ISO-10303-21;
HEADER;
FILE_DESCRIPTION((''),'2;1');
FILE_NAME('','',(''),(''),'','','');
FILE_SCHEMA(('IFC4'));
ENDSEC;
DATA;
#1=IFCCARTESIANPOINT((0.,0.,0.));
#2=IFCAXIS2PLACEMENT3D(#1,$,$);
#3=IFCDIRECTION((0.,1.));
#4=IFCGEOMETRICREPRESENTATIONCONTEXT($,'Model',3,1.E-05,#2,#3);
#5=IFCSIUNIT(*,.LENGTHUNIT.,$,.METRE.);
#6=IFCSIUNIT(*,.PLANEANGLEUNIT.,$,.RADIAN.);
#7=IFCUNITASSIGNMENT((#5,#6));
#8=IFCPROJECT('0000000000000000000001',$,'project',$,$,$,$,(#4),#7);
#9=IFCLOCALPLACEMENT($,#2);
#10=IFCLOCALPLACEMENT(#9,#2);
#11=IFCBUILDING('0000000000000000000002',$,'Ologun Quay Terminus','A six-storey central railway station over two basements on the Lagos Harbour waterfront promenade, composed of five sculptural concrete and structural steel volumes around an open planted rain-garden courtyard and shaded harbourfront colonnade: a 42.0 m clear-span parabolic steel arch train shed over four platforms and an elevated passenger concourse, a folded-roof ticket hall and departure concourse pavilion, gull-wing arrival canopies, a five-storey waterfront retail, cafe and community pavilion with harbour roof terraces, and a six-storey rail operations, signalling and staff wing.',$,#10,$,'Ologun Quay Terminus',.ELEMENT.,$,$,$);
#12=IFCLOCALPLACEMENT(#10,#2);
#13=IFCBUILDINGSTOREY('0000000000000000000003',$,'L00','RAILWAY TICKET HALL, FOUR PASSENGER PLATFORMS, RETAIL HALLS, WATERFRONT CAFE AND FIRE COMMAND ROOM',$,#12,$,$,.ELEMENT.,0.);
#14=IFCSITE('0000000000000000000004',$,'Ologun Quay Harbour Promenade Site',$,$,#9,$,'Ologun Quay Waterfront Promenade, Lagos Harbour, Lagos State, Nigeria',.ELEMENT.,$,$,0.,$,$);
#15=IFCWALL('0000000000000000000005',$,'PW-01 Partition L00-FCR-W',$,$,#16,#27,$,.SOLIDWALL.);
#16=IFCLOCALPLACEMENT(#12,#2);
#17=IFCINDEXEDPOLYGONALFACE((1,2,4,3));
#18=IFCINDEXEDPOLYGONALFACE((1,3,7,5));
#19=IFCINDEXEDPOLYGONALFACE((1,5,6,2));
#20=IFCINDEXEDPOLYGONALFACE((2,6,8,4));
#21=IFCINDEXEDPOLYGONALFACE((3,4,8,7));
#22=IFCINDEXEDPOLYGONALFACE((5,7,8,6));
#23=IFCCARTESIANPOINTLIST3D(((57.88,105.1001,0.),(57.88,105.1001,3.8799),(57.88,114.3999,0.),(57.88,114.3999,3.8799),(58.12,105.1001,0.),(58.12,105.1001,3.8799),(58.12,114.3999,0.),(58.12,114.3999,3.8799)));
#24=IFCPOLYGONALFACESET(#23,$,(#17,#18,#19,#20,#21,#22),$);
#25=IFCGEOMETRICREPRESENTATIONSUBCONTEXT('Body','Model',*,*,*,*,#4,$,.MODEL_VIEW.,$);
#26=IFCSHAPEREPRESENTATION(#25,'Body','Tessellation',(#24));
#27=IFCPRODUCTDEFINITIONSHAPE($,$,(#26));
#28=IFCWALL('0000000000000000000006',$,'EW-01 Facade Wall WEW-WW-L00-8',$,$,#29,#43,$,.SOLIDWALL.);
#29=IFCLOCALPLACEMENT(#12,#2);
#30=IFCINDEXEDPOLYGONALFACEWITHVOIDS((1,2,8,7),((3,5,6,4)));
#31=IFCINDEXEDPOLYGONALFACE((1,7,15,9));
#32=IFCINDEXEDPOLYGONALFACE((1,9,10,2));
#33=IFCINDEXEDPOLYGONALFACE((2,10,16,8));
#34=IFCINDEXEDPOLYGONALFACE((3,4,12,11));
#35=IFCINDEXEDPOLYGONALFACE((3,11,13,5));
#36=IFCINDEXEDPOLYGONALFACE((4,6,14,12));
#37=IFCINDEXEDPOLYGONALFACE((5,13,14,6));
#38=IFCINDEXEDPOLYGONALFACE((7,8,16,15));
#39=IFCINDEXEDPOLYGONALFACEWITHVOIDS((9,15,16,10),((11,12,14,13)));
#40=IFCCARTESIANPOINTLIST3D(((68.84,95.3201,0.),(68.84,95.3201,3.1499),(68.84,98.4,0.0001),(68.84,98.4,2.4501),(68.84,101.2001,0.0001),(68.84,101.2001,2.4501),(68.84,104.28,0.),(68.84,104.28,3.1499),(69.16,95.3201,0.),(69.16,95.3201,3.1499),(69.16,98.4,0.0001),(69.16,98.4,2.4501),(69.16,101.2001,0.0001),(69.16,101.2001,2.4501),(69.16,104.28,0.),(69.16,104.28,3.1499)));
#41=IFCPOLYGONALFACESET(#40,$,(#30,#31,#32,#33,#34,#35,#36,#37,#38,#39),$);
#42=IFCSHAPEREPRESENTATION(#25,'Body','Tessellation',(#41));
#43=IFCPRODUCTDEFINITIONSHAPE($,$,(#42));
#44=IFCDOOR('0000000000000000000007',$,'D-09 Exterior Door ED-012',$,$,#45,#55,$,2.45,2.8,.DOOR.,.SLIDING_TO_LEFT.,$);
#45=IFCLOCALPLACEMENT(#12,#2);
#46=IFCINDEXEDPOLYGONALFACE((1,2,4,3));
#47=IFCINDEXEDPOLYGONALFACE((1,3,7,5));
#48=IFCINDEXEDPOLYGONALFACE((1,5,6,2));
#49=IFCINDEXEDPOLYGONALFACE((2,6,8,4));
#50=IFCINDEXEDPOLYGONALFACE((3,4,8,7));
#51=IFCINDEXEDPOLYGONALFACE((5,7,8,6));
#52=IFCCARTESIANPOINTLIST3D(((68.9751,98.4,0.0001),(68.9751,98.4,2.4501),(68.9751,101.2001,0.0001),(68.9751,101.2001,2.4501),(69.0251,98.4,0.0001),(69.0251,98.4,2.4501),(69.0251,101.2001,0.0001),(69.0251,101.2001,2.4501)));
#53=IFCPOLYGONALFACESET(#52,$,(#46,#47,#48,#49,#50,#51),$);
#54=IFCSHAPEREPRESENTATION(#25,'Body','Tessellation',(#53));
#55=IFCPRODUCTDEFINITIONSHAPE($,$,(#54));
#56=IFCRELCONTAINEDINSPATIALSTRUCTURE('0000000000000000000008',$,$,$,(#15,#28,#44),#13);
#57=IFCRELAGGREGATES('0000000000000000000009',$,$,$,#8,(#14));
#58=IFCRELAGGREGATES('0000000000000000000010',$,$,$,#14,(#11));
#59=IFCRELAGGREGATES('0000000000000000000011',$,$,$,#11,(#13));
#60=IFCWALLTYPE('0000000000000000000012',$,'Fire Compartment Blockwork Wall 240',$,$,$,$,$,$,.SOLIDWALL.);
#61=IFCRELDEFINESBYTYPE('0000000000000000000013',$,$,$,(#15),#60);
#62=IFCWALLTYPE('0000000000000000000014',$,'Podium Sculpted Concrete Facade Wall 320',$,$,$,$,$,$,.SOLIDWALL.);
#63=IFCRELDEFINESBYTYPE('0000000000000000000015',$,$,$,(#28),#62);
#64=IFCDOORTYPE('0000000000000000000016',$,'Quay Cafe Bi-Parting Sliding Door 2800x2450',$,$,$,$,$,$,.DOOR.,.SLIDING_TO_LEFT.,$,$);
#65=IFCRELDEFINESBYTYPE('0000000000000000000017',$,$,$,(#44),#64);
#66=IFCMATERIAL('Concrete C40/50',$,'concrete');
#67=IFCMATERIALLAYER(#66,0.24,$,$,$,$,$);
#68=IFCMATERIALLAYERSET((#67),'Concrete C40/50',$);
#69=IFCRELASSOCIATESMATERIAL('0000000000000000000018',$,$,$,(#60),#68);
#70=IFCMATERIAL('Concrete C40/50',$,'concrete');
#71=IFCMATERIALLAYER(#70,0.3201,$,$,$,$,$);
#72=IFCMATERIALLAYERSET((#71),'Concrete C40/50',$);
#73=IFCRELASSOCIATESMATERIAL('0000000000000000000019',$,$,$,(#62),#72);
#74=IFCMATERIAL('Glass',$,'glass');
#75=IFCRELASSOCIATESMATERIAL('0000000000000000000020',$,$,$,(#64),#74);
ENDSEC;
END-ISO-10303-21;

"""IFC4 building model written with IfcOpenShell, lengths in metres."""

from ifc_helpers import new_model, si_unit, direction, frame, frame_2d, origin, place, context, subcontext, project, spatial, rectangle, extrude, material, layer, layer_set, type_object, element, fill, save


model = new_model("IFC4")

# Units and contexts
model_context = context("Model", 3, precision=1e-05, world=origin(), true_north=direction((0.0, 1.0)))
body_context = subcontext(model_context, "Body", "Model", "MODEL_VIEW")
ifc_project = project(units=[si_unit("LENGTHUNIT", "METRE"), si_unit("PLANEANGLEUNIT", "RADIAN")], contexts=[model_context])

# Site, building, storey
site_placement = place(None, origin())
site = spatial("IfcSite", under=ifc_project, at=site_placement, Name="Ologun Quay Harbour Promenade Site", LongName="Ologun Quay Waterfront Promenade, Lagos Harbour, Lagos State, Nigeria", CompositionType="ELEMENT", RefElevation=0.0)
building_placement = place(site_placement, origin())
building = spatial("IfcBuilding", under=site, at=building_placement, Name="Ologun Quay Terminus", Description="A six-storey central railway station over two basements on the Lagos Harbour waterfront promenade, composed of five sculptural concrete and structural steel volumes around an open planted rain-garden courtyard and shaded harbourfront colonnade: a 42.0 m clear-span parabolic steel arch train shed over four platforms and an elevated passenger concourse, a folded-roof ticket hall and departure concourse pavilion, gull-wing arrival canopies, a five-storey waterfront retail, cafe and community pavilion with harbour roof terraces, and a six-storey rail operations, signalling and staff wing.", LongName="Ologun Quay Terminus", CompositionType="ELEMENT")
storey_placement = place(building_placement, origin())
storey = spatial("IfcBuildingStorey", under=building, at=storey_placement, Name="L00", Description="RAILWAY TICKET HALL, FOUR PASSENGER PLATFORMS, RETAIL HALLS, WATERFRONT CAFE AND FIRE COMMAND ROOM", CompositionType="ELEMENT", Elevation=0.0)

# Shared definitions
ifc_material_1 = material(Name="Concrete C40/50", Category="concrete")
ifc_layer_1 = layer(ifc_material_1, 0.24)
ifc_layer_set_1 = layer_set([ifc_layer_1], Name="Concrete C40/50")
wall_type_1 = type_object("IfcWallType", Name="Fire Compartment Blockwork Wall 240", PredefinedType="SOLIDWALL", material=ifc_layer_set_1)

# Wall
wall_1_placement = place(storey_placement, frame((58.0, 105.1001, 0.0), z_axis=(0.0, 0.0, 1.0), x_axis=(0.0, 1.0, 0.0)))
element("IfcWall", 1, at=wall_1_placement, inside=storey, type_object=wall_type_1, Name="PW-01 Partition L00-FCR-W", PredefinedType="SOLIDWALL", context=body_context, shape_type="SweptSolid", body=[
    extrude(rectangle(XDim=9.2998, YDim=0.24, at=frame_2d((4.6499, 0.0))), origin(), (0.0, 0.0, 1.0), 3.8799),
])

# Wall, opening, door
ifc_material_2 = material(Name="Concrete C40/50", Category="concrete")
ifc_layer_2 = layer(ifc_material_2, 0.3201)
ifc_layer_set_2 = layer_set([ifc_layer_2], Name="Concrete C40/50")
wall_type_2 = type_object("IfcWallType", Name="Podium Sculpted Concrete Facade Wall 320", PredefinedType="SOLIDWALL", material=ifc_layer_set_2)
wall_2_placement = place(storey_placement, frame((69.0, 95.3201, 0.0), z_axis=(0.0, 0.0, 1.0), x_axis=(0.0, 1.0, 0.0)))
wall_2 = element("IfcWall", 2, at=wall_2_placement, inside=storey, type_object=wall_type_2, Name="EW-01 Facade Wall WEW-WW-L00-8", PredefinedType="SOLIDWALL", context=body_context, shape_type="SweptSolid", body=[
    extrude(rectangle(XDim=8.96, YDim=0.3201, at=frame_2d((4.48, 0.0))), origin(), (0.0, 0.0, 1.0), 3.1499),
])
opening_1_placement = place(wall_2_placement, frame((3.0801, 0.0, 0.0)))
opening_1 = element("IfcOpeningElement", 3, at=opening_1_placement, cuts=wall_2, PredefinedType="OPENING", context=body_context, shape_type="SweptSolid", body=[
    extrude(rectangle(XDim=2.8, YDim=2.45, at=frame_2d((1.3999, 1.2251))), frame((0.0, 0.1699, 0.0), z_axis=(0.0, -1.0, 0.0), x_axis=(1.0, 0.0, 0.0)), (0.0, 0.0, 1.0), 0.3401),
])
ifc_material_3 = material(Name="Glass", Category="glass")
door_type_1 = type_object("IfcDoorType", Name="Quay Cafe Bi-Parting Sliding Door 2800x2450", OperationType="SLIDING_TO_LEFT", PredefinedType="DOOR", material=ifc_material_3)
door_1_placement = place(opening_1_placement, origin())
door_1 = element("IfcDoor", 4, at=door_1_placement, inside=storey, type_object=door_type_1, Name="D-09 Exterior Door ED-012", OperationType="SLIDING_TO_LEFT", OverallHeight=2.45, OverallWidth=2.8, PredefinedType="DOOR", context=body_context, shape_type="SweptSolid", body=[
    extrude(rectangle(XDim=2.8, YDim=2.45, at=frame_2d((1.3999, 1.2251))), frame((0.0, 0.0249, 0.0), z_axis=(0.0, -1.0, 0.0), x_axis=(1.0, 0.0, 0.0)), (0.0, 0.0, 1.0), 0.05),
])
fill(opening_1, door_1)

save(model, "model.ifc")
